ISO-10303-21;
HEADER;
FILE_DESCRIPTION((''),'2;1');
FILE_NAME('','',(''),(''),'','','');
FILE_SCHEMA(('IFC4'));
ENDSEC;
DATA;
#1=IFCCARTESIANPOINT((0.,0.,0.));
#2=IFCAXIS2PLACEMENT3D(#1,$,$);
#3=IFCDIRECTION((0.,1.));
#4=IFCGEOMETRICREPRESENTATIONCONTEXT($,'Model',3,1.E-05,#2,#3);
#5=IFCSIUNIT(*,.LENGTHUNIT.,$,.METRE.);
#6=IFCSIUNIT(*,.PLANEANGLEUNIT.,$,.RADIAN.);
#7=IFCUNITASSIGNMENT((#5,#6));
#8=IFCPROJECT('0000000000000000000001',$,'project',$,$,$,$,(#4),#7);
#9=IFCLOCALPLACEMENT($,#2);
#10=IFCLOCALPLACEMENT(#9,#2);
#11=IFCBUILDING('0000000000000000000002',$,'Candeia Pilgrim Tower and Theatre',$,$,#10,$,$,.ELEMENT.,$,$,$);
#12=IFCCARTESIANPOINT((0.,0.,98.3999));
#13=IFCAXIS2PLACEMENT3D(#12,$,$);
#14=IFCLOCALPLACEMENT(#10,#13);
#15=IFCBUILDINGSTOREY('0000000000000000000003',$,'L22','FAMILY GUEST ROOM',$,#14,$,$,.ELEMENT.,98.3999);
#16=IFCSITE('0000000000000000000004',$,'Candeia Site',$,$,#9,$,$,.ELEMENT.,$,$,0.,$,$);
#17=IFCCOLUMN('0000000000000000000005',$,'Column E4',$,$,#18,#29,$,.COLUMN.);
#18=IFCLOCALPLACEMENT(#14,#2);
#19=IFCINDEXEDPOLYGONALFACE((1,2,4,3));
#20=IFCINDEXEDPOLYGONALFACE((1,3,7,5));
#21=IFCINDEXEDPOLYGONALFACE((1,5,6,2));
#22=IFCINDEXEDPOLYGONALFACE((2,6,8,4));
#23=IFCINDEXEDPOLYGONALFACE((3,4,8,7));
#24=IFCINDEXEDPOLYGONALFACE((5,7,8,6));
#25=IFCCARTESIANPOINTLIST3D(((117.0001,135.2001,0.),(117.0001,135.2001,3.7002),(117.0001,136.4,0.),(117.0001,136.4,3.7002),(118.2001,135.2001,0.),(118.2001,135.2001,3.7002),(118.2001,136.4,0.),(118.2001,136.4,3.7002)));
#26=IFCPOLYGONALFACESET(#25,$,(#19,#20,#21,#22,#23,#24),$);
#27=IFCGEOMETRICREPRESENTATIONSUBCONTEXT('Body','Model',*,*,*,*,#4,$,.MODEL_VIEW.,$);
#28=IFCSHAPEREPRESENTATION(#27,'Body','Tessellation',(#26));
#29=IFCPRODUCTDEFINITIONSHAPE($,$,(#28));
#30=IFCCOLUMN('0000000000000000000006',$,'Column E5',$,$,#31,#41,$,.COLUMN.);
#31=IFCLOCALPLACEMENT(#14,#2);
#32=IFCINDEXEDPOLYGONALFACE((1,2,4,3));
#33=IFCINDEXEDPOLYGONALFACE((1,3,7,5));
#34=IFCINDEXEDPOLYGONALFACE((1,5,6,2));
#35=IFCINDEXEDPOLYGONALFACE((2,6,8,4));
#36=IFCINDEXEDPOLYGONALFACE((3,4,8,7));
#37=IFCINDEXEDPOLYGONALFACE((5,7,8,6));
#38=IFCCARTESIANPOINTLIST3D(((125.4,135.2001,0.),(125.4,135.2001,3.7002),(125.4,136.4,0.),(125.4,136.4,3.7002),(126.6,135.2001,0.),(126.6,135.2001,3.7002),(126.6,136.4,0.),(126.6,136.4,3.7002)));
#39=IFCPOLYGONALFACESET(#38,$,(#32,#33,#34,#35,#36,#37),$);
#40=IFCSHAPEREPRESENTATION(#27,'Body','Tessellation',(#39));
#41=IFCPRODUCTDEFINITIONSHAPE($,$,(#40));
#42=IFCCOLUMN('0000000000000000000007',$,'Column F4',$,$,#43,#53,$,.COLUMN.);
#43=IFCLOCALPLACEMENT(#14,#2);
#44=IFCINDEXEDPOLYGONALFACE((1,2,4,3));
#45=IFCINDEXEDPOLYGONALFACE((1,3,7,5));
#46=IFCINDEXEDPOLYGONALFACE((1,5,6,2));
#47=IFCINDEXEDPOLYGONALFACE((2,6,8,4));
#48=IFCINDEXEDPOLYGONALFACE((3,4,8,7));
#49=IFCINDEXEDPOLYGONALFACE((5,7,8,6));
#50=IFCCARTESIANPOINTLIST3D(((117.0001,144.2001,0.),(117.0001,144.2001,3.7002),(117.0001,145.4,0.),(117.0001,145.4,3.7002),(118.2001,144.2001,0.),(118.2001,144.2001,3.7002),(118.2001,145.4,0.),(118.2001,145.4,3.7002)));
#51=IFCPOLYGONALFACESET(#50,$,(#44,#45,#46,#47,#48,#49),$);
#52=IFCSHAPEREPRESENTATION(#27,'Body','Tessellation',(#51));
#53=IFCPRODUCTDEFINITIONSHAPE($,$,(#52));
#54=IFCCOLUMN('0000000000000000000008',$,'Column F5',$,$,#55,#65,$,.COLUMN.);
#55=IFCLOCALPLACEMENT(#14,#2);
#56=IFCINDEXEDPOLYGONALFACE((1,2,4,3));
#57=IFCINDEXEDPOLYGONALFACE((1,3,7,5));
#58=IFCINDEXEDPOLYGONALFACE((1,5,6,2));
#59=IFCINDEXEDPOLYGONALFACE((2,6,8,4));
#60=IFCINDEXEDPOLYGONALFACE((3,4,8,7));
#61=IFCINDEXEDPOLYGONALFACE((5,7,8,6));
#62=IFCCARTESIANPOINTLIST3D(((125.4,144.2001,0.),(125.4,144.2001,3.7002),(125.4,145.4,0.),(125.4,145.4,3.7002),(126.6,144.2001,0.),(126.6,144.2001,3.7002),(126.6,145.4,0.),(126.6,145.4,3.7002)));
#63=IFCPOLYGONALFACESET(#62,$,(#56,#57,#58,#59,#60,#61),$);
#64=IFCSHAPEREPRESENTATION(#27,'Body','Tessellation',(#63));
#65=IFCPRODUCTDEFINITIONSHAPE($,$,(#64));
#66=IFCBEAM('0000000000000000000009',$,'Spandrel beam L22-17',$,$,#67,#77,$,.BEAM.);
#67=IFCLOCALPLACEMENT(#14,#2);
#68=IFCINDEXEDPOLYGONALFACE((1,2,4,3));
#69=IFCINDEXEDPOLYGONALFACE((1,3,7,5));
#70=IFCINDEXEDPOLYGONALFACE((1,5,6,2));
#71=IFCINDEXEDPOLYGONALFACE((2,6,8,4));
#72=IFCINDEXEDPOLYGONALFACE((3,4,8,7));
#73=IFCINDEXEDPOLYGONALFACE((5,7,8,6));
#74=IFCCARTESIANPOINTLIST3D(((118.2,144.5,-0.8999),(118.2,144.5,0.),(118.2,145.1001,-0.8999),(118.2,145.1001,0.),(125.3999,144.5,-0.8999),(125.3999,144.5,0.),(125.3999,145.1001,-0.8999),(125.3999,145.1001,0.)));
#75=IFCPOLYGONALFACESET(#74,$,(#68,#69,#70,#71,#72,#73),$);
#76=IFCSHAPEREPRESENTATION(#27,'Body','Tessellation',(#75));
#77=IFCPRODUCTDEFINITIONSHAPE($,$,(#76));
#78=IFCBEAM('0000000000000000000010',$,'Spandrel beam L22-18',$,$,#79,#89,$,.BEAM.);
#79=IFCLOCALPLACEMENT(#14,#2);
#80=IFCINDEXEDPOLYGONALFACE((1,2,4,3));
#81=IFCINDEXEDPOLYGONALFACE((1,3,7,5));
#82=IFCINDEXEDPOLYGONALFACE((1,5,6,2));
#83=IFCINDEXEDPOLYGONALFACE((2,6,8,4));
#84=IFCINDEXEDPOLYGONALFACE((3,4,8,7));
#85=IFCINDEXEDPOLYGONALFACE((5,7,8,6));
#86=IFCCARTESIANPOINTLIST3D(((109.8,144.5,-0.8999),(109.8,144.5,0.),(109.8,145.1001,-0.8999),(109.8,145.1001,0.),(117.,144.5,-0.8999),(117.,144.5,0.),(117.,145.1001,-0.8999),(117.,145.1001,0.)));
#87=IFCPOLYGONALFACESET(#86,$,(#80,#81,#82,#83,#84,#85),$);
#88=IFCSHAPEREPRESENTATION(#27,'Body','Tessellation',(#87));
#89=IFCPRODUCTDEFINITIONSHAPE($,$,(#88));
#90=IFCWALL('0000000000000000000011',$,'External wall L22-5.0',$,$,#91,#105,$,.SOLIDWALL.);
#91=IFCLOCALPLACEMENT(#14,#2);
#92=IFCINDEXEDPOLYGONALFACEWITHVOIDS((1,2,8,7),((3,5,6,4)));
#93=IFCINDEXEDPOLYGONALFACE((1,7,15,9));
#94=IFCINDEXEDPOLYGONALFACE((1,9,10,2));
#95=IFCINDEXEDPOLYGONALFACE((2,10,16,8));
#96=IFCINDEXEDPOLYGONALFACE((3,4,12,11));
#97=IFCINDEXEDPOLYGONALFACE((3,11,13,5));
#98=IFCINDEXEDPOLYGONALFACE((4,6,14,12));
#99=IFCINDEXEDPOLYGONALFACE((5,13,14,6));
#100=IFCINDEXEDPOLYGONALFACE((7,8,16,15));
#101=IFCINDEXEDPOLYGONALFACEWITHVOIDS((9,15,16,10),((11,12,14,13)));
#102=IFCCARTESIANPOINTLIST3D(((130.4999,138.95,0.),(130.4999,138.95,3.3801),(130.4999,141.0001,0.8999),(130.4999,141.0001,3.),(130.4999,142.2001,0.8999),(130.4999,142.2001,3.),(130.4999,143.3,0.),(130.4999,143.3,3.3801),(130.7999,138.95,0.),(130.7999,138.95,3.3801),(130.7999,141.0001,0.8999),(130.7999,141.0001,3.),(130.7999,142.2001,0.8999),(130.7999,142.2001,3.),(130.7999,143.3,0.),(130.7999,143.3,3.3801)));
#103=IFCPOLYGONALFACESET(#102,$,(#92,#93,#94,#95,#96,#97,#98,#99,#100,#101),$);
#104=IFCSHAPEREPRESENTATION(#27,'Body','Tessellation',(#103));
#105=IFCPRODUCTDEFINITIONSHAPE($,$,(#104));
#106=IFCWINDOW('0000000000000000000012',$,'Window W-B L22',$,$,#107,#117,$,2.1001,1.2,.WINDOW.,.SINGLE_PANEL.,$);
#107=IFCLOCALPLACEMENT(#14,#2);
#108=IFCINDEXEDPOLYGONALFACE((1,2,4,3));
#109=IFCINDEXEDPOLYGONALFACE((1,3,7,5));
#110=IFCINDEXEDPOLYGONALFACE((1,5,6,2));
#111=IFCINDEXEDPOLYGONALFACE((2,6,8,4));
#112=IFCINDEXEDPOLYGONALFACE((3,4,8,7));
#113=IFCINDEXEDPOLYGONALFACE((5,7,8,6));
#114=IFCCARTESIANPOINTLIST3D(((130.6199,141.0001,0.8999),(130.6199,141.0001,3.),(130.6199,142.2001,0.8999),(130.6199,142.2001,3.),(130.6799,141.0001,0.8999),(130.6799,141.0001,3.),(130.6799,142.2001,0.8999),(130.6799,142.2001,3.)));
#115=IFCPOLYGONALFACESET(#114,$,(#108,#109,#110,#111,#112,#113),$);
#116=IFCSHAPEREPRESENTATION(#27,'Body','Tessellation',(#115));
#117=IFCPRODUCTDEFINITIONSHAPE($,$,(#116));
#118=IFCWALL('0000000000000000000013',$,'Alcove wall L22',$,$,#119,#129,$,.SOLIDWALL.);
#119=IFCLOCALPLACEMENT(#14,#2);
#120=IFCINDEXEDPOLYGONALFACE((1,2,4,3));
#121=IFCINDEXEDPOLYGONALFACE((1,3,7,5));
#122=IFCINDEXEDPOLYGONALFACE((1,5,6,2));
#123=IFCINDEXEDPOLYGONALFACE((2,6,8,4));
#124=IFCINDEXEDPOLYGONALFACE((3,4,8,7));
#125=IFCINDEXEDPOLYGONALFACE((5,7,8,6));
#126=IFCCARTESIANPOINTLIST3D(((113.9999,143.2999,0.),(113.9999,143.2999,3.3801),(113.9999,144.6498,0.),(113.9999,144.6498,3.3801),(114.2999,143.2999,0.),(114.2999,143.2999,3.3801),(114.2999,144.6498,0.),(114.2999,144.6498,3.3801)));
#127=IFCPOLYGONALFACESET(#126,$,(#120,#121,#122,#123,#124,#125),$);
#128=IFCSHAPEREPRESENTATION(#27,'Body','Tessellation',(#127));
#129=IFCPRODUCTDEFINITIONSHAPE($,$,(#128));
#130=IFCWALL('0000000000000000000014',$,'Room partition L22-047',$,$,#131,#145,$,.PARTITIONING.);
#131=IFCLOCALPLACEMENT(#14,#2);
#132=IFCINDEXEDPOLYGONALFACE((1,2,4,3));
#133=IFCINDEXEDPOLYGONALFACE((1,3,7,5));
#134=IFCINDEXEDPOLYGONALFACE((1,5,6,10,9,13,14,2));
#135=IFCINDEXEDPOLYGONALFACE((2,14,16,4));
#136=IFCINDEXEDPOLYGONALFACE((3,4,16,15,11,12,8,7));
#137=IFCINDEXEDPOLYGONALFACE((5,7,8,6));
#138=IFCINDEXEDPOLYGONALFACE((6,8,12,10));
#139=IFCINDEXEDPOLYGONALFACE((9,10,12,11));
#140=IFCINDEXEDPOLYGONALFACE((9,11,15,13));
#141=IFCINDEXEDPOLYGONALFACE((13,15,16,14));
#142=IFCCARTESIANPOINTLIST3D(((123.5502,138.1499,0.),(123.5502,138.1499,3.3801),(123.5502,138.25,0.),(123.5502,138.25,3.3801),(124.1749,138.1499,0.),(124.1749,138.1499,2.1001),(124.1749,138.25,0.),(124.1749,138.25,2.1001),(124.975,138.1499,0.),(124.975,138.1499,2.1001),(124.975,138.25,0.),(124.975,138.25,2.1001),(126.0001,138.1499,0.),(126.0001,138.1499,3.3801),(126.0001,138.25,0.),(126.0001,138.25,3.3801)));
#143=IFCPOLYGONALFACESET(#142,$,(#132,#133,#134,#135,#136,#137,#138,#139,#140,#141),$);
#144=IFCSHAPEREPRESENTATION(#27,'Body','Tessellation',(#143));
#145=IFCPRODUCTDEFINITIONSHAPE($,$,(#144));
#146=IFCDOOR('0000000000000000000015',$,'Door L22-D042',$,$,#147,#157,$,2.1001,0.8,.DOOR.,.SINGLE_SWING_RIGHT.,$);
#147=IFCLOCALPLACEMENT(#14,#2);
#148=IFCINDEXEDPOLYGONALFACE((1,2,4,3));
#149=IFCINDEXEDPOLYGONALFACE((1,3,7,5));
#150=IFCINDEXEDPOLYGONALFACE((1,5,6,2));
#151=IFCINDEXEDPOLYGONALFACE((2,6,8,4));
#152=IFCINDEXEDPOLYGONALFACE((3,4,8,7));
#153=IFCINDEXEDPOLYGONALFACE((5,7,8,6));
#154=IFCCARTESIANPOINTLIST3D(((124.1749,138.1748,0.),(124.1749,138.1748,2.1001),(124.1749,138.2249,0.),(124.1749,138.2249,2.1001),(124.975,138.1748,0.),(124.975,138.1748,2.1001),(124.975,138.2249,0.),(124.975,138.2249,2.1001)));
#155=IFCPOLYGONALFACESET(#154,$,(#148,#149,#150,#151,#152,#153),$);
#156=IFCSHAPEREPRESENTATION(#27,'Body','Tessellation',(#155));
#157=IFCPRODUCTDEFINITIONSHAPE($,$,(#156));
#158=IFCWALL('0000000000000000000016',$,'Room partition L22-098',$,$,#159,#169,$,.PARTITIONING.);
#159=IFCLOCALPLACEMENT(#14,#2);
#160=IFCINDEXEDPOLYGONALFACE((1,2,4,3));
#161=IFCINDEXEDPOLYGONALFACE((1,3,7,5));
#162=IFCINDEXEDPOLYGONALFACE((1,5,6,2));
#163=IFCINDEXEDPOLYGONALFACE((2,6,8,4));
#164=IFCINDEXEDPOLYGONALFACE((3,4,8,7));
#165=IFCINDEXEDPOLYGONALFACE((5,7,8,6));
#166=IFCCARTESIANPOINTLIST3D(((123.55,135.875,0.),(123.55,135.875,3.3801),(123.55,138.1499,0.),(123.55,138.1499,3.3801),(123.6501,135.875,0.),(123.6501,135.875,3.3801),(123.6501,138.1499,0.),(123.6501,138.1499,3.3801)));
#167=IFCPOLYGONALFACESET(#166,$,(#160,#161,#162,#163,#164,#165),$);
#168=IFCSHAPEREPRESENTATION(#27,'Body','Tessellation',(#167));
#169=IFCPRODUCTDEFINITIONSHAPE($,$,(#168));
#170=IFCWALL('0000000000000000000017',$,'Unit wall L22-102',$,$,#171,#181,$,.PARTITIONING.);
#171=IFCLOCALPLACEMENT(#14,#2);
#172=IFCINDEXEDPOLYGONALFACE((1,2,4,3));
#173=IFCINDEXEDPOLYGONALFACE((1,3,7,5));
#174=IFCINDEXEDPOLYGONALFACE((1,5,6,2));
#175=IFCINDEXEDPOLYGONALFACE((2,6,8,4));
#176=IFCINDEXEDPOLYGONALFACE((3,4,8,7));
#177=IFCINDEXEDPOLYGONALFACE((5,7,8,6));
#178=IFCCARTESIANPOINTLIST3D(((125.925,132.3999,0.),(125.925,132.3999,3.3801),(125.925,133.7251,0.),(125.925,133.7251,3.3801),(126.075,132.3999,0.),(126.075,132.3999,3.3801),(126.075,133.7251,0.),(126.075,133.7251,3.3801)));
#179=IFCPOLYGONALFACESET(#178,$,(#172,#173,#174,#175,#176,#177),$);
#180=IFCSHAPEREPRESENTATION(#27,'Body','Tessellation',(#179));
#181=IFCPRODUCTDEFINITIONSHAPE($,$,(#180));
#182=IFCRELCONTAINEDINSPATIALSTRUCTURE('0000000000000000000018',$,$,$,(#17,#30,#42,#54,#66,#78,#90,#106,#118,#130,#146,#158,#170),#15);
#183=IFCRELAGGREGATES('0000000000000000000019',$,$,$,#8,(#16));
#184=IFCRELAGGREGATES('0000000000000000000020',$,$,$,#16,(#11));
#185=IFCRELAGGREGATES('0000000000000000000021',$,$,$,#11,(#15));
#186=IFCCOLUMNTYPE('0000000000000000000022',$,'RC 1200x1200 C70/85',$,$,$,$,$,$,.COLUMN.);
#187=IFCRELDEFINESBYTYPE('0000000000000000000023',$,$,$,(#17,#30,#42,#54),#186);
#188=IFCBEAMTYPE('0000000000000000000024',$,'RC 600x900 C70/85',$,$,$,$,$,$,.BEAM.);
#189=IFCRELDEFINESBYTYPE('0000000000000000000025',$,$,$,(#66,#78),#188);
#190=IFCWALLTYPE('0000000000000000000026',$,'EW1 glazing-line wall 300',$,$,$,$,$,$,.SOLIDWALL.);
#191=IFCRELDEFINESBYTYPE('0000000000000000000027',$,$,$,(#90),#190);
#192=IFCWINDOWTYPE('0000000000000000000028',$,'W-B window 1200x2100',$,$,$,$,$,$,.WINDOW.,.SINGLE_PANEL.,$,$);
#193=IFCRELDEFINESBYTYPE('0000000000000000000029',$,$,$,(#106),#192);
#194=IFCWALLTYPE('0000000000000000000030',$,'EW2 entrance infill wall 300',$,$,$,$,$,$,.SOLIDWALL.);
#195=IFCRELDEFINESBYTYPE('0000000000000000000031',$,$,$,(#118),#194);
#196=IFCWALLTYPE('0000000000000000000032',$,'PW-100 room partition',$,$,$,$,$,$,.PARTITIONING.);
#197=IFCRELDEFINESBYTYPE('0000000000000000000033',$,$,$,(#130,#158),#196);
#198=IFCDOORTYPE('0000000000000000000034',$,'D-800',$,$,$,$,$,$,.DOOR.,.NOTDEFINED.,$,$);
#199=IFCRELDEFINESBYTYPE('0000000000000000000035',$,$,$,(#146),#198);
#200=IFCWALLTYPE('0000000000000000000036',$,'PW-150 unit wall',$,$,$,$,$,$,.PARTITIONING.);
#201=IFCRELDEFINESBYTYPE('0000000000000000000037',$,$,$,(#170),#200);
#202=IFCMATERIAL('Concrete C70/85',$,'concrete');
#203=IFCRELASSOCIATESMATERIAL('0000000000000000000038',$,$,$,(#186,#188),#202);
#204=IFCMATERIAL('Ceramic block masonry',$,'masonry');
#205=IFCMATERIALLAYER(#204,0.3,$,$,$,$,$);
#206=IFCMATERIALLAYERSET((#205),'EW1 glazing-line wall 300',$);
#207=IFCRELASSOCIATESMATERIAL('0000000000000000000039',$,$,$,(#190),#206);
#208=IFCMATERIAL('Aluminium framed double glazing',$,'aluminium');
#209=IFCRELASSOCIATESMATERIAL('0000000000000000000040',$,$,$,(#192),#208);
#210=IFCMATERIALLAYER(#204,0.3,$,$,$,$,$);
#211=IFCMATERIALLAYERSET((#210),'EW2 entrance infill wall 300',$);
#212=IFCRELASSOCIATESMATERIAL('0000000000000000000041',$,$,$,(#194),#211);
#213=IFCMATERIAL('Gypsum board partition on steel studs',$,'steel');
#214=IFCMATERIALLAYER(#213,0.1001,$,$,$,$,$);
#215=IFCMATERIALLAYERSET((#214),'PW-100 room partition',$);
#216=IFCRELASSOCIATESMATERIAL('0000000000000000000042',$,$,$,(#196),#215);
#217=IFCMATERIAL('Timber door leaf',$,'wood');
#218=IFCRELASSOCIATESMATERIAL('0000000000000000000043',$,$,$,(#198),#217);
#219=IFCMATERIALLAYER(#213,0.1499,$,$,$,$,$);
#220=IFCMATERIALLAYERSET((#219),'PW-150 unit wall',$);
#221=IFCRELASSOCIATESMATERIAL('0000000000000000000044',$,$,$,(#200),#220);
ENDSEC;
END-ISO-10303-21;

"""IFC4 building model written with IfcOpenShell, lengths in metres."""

from ifc_helpers import new_model, si_unit, direction, frame, frame_2d, origin, origin_2d, place, context, subcontext, project, spatial, rectangle, extrude, material, layer, layer_set, material_profile, profile_set, type_object, element, fill, save


model = new_model("IFC4")

# Units and contexts
model_context = context("Model", 3, precision=1e-05, world=origin(), true_north=direction((0.0, 1.0)))
body_context = subcontext(model_context, "Body", "Model", "MODEL_VIEW")
ifc_project = project(units=[si_unit("LENGTHUNIT", "METRE"), si_unit("PLANEANGLEUNIT", "RADIAN")], contexts=[model_context])

# Site, building, storey
site_placement = place(None, origin())
site = spatial("IfcSite", under=ifc_project, at=site_placement, Name="Candeia Site", CompositionType="ELEMENT", RefElevation=0.0)
building_placement = place(site_placement, origin())
building = spatial("IfcBuilding", under=site, at=building_placement, Name="Candeia Pilgrim Tower and Theatre", CompositionType="ELEMENT")
storey_placement = place(building_placement, frame((0.0, 0.0, 98.3999)))
storey = spatial("IfcBuildingStorey", under=building, at=storey_placement, Name="L22", Description="FAMILY GUEST ROOM", CompositionType="ELEMENT", Elevation=98.3999)

# Columns
ifc_material_1 = material(Name="Concrete C70/85", Category="concrete")
ifc_material_profile_1 = material_profile(ifc_material_1, rectangle(XDim=1.2, YDim=1.2, at=origin_2d()))
ifc_profile_set_1 = profile_set([ifc_material_profile_1], Name="Concrete C70/85")
column_type = type_object("IfcColumnType", Name="RC 1200x1200 C70/85", PredefinedType="COLUMN", material=ifc_profile_set_1)
for number, where, z_axis, x_axis, name in (
    (1, (117.6001, 135.8, 0.0), (0.0, 0.0, 1.0), (1.0, 0.0, 0.0), "Column E4"),
    (2, (126.0, 135.8, 0.0), (0.0, 0.0, 1.0), (1.0, 0.0, 0.0), "Column E5"),
    (3, (117.6001, 144.8, 0.0), (0.0, 0.0, 1.0), (1.0, 0.0, 0.0), "Column F4"),
    (4, (126.0, 144.8, 0.0), (0.0, 0.0, 1.0), (1.0, 0.0, 0.0), "Column F5"),
):
    element("IfcColumn", number, at=place(storey_placement, frame(where, z_axis=z_axis, x_axis=x_axis)), inside=storey, type_object=column_type, Name=name, PredefinedType="COLUMN", context=body_context, shape_type="SweptSolid", body=[
        extrude(rectangle(XDim=1.2, YDim=1.2, at=origin_2d()), origin(), (0.0, 0.0, 1.0), 3.7002),
    ])

# Beams
ifc_material_profile_2 = material_profile(ifc_material_1, rectangle(XDim=0.6001, YDim=0.8999, at=origin_2d()))
ifc_profile_set_2 = profile_set([ifc_material_profile_2], Name="Concrete C70/85")
beam_type = type_object("IfcBeamType", Name="RC 600x900 C70/85", PredefinedType="BEAM", material=ifc_profile_set_2)
for number, where, z_axis, x_axis, name in (
    (5, (125.3999, 144.8, -0.45), (-1.0, 0.0, 0.0), (0.0, -1.0, 0.0), "Spandrel beam L22-17"),
    (6, (117.0, 144.8, -0.45), (-1.0, 0.0, 0.0), (0.0, -1.0, 0.0), "Spandrel beam L22-18"),
):
    element("IfcBeam", number, at=place(storey_placement, frame(where, z_axis=z_axis, x_axis=x_axis)), inside=storey, type_object=beam_type, Name=name, PredefinedType="BEAM", context=body_context, shape_type="SweptSolid", body=[
        extrude(rectangle(XDim=0.6001, YDim=0.8999, at=origin_2d()), origin(), (0.0, 0.0, 1.0), 7.2),
    ])

# Wall, opening, window
ifc_material_2 = material(Name="Ceramic block masonry", Category="masonry")
ifc_layer_1 = layer(ifc_material_2, 0.3)
ifc_layer_set_1 = layer_set([ifc_layer_1], Name="EW1 glazing-line wall 300")
wall_type_1 = type_object("IfcWallType", Name="EW1 glazing-line wall 300", PredefinedType="SOLIDWALL", material=ifc_layer_set_1)
wall_1_placement = place(storey_placement, frame((130.6499, 138.95, 0.0), z_axis=(0.0, 0.0, 1.0), x_axis=(0.0, 1.0, 0.0)))
wall_1 = element("IfcWall", 7, at=wall_1_placement, inside=storey, type_object=wall_type_1, Name="External wall L22-5.0", PredefinedType="SOLIDWALL", context=body_context, shape_type="SweptSolid", body=[
    extrude(rectangle(XDim=4.3501, YDim=0.3, at=frame_2d((2.175, 0.0))), origin(), (0.0, 0.0, 1.0), 3.3801),
])
opening_1_placement = place(wall_1_placement, frame((2.05, 0.0, 0.8999)))
opening_1 = element("IfcOpeningElement", 8, at=opening_1_placement, cuts=wall_1, PredefinedType="OPENING", context=body_context, shape_type="SweptSolid", body=[
    extrude(rectangle(XDim=1.2, YDim=2.1001, at=frame_2d((0.6001, 1.05))), frame((0.0, 0.1602, 0.0), z_axis=(0.0, -1.0, 0.0), x_axis=(1.0, 0.0, 0.0)), (0.0, 0.0, 1.0), 0.3201),
])
ifc_material_3 = material(Name="Aluminium framed double glazing", Category="aluminium")
window_type = type_object("IfcWindowType", Name="W-B window 1200x2100", PartitioningType="SINGLE_PANEL", PredefinedType="WINDOW", material=ifc_material_3)
window_placement = place(opening_1_placement, origin())
window = element("IfcWindow", 9, at=window_placement, inside=storey, type_object=window_type, Name="Window W-B L22", OverallHeight=2.1001, OverallWidth=1.2, PartitioningType="SINGLE_PANEL", PredefinedType="WINDOW", context=body_context, shape_type="SweptSolid", body=[
    extrude(rectangle(XDim=1.2, YDim=2.1001, at=frame_2d((0.6001, 1.05))), frame((0.0, 0.03, 0.0), z_axis=(0.0, -1.0, 0.0), x_axis=(1.0, 0.0, 0.0)), (0.0, 0.0, 1.0), 0.0601),
])
fill(opening_1, window)

# Wall
ifc_layer_2 = layer(ifc_material_2, 0.3)
ifc_layer_set_2 = layer_set([ifc_layer_2], Name="EW2 entrance infill wall 300")
wall_type_2 = type_object("IfcWallType", Name="EW2 entrance infill wall 300", PredefinedType="SOLIDWALL", material=ifc_layer_set_2)
wall_2_placement = place(storey_placement, frame((114.1499, 143.3, 0.0), z_axis=(0.0, 0.0, 1.0), x_axis=(0.0, 1.0, 0.0)))
element("IfcWall", 10, at=wall_2_placement, inside=storey, type_object=wall_type_2, Name="Alcove wall L22", PredefinedType="SOLIDWALL", context=body_context, shape_type="SweptSolid", body=[
    extrude(rectangle(XDim=1.3499, YDim=0.3, at=frame_2d((0.6748, 0.0))), origin(), (0.0, 0.0, 1.0), 3.3801),
])

# Wall, opening, door
ifc_material_4 = material(Name="Gypsum board partition on steel studs", Category="steel")
ifc_layer_3 = layer(ifc_material_4, 0.1001)
ifc_layer_set_3 = layer_set([ifc_layer_3], Name="PW-100 room partition")
wall_type_3 = type_object("IfcWallType", Name="PW-100 room partition", PredefinedType="PARTITIONING", material=ifc_layer_set_3)
wall_3_placement = place(storey_placement, frame((123.55, 138.2, 0.0), z_axis=(0.0, 0.0, 1.0), x_axis=(1.0, 0.0, 0.0)))
wall_3 = element("IfcWall", 11, at=wall_3_placement, inside=storey, type_object=wall_type_3, Name="Room partition L22-047", PredefinedType="PARTITIONING", context=body_context, shape_type="SweptSolid", body=[
    extrude(rectangle(XDim=2.45, YDim=0.1001, at=frame_2d((1.2251, 0.0))), origin(), (0.0, 0.0, 1.0), 3.3801),
])
opening_2_placement = place(wall_3_placement, frame((0.625, 0.0, 0.0)))
opening_2 = element("IfcOpeningElement", 12, at=opening_2_placement, cuts=wall_3, PredefinedType="OPENING", context=body_context, shape_type="SweptSolid", body=[
    extrude(rectangle(XDim=0.8, YDim=2.1001, at=frame_2d((0.3999, 1.05))), frame((0.0, 0.0601, 0.0), z_axis=(0.0, -1.0, 0.0), x_axis=(1.0, 0.0, 0.0)), (0.0, 0.0, 1.0), 0.1201),
])
ifc_material_5 = material(Name="Timber door leaf", Category="wood")
door_type_1 = type_object("IfcDoorType", Name="D-800", OperationType="NOTDEFINED", PredefinedType="DOOR", material=ifc_material_5)
door_1_placement = place(opening_2_placement, origin())
door_1 = element("IfcDoor", 13, at=door_1_placement, inside=storey, type_object=door_type_1, Name="Door L22-D042", OperationType="SINGLE_SWING_RIGHT", OverallHeight=2.1001, OverallWidth=0.8, PredefinedType="DOOR", context=body_context, shape_type="SweptSolid", body=[
    extrude(rectangle(XDim=0.8, YDim=2.1001, at=frame_2d((0.3999, 1.05))), frame((0.0, 0.0249, 0.0), z_axis=(0.0, -1.0, 0.0), x_axis=(1.0, 0.0, 0.0)), (0.0, 0.0, 1.0), 0.05),
])
fill(opening_2, door_1)

# Walls
wall_4_placement = place(storey_placement, frame((123.6001, 135.875, 0.0), z_axis=(0.0, 0.0, 1.0), x_axis=(0.0, 1.0, 0.0)))
element("IfcWall", 14, at=wall_4_placement, inside=storey, type_object=wall_type_3, Name="Room partition L22-098", PredefinedType="PARTITIONING", context=body_context, shape_type="SweptSolid", body=[
    extrude(rectangle(XDim=2.2749, YDim=0.1001, at=frame_2d((1.1375, 0.0))), origin(), (0.0, 0.0, 1.0), 3.3801),
])
ifc_layer_4 = layer(ifc_material_4, 0.1499)
ifc_layer_set_4 = layer_set([ifc_layer_4], Name="PW-150 unit wall")
wall_type_4 = type_object("IfcWallType", Name="PW-150 unit wall", PredefinedType="PARTITIONING", material=ifc_layer_set_4)
wall_5_placement = place(storey_placement, frame((126.0, 132.3999, 0.0), z_axis=(0.0, 0.0, 1.0), x_axis=(0.0, 1.0, 0.0)))
element("IfcWall", 15, at=wall_5_placement, inside=storey, type_object=wall_type_4, Name="Unit wall L22-102", PredefinedType="PARTITIONING", context=body_context, shape_type="SweptSolid", body=[
    extrude(rectangle(XDim=1.3252, YDim=0.1499, at=frame_2d((0.6626, 0.0))), origin(), (0.0, 0.0, 1.0), 3.3801),
])

save(model, "model.ifc")
